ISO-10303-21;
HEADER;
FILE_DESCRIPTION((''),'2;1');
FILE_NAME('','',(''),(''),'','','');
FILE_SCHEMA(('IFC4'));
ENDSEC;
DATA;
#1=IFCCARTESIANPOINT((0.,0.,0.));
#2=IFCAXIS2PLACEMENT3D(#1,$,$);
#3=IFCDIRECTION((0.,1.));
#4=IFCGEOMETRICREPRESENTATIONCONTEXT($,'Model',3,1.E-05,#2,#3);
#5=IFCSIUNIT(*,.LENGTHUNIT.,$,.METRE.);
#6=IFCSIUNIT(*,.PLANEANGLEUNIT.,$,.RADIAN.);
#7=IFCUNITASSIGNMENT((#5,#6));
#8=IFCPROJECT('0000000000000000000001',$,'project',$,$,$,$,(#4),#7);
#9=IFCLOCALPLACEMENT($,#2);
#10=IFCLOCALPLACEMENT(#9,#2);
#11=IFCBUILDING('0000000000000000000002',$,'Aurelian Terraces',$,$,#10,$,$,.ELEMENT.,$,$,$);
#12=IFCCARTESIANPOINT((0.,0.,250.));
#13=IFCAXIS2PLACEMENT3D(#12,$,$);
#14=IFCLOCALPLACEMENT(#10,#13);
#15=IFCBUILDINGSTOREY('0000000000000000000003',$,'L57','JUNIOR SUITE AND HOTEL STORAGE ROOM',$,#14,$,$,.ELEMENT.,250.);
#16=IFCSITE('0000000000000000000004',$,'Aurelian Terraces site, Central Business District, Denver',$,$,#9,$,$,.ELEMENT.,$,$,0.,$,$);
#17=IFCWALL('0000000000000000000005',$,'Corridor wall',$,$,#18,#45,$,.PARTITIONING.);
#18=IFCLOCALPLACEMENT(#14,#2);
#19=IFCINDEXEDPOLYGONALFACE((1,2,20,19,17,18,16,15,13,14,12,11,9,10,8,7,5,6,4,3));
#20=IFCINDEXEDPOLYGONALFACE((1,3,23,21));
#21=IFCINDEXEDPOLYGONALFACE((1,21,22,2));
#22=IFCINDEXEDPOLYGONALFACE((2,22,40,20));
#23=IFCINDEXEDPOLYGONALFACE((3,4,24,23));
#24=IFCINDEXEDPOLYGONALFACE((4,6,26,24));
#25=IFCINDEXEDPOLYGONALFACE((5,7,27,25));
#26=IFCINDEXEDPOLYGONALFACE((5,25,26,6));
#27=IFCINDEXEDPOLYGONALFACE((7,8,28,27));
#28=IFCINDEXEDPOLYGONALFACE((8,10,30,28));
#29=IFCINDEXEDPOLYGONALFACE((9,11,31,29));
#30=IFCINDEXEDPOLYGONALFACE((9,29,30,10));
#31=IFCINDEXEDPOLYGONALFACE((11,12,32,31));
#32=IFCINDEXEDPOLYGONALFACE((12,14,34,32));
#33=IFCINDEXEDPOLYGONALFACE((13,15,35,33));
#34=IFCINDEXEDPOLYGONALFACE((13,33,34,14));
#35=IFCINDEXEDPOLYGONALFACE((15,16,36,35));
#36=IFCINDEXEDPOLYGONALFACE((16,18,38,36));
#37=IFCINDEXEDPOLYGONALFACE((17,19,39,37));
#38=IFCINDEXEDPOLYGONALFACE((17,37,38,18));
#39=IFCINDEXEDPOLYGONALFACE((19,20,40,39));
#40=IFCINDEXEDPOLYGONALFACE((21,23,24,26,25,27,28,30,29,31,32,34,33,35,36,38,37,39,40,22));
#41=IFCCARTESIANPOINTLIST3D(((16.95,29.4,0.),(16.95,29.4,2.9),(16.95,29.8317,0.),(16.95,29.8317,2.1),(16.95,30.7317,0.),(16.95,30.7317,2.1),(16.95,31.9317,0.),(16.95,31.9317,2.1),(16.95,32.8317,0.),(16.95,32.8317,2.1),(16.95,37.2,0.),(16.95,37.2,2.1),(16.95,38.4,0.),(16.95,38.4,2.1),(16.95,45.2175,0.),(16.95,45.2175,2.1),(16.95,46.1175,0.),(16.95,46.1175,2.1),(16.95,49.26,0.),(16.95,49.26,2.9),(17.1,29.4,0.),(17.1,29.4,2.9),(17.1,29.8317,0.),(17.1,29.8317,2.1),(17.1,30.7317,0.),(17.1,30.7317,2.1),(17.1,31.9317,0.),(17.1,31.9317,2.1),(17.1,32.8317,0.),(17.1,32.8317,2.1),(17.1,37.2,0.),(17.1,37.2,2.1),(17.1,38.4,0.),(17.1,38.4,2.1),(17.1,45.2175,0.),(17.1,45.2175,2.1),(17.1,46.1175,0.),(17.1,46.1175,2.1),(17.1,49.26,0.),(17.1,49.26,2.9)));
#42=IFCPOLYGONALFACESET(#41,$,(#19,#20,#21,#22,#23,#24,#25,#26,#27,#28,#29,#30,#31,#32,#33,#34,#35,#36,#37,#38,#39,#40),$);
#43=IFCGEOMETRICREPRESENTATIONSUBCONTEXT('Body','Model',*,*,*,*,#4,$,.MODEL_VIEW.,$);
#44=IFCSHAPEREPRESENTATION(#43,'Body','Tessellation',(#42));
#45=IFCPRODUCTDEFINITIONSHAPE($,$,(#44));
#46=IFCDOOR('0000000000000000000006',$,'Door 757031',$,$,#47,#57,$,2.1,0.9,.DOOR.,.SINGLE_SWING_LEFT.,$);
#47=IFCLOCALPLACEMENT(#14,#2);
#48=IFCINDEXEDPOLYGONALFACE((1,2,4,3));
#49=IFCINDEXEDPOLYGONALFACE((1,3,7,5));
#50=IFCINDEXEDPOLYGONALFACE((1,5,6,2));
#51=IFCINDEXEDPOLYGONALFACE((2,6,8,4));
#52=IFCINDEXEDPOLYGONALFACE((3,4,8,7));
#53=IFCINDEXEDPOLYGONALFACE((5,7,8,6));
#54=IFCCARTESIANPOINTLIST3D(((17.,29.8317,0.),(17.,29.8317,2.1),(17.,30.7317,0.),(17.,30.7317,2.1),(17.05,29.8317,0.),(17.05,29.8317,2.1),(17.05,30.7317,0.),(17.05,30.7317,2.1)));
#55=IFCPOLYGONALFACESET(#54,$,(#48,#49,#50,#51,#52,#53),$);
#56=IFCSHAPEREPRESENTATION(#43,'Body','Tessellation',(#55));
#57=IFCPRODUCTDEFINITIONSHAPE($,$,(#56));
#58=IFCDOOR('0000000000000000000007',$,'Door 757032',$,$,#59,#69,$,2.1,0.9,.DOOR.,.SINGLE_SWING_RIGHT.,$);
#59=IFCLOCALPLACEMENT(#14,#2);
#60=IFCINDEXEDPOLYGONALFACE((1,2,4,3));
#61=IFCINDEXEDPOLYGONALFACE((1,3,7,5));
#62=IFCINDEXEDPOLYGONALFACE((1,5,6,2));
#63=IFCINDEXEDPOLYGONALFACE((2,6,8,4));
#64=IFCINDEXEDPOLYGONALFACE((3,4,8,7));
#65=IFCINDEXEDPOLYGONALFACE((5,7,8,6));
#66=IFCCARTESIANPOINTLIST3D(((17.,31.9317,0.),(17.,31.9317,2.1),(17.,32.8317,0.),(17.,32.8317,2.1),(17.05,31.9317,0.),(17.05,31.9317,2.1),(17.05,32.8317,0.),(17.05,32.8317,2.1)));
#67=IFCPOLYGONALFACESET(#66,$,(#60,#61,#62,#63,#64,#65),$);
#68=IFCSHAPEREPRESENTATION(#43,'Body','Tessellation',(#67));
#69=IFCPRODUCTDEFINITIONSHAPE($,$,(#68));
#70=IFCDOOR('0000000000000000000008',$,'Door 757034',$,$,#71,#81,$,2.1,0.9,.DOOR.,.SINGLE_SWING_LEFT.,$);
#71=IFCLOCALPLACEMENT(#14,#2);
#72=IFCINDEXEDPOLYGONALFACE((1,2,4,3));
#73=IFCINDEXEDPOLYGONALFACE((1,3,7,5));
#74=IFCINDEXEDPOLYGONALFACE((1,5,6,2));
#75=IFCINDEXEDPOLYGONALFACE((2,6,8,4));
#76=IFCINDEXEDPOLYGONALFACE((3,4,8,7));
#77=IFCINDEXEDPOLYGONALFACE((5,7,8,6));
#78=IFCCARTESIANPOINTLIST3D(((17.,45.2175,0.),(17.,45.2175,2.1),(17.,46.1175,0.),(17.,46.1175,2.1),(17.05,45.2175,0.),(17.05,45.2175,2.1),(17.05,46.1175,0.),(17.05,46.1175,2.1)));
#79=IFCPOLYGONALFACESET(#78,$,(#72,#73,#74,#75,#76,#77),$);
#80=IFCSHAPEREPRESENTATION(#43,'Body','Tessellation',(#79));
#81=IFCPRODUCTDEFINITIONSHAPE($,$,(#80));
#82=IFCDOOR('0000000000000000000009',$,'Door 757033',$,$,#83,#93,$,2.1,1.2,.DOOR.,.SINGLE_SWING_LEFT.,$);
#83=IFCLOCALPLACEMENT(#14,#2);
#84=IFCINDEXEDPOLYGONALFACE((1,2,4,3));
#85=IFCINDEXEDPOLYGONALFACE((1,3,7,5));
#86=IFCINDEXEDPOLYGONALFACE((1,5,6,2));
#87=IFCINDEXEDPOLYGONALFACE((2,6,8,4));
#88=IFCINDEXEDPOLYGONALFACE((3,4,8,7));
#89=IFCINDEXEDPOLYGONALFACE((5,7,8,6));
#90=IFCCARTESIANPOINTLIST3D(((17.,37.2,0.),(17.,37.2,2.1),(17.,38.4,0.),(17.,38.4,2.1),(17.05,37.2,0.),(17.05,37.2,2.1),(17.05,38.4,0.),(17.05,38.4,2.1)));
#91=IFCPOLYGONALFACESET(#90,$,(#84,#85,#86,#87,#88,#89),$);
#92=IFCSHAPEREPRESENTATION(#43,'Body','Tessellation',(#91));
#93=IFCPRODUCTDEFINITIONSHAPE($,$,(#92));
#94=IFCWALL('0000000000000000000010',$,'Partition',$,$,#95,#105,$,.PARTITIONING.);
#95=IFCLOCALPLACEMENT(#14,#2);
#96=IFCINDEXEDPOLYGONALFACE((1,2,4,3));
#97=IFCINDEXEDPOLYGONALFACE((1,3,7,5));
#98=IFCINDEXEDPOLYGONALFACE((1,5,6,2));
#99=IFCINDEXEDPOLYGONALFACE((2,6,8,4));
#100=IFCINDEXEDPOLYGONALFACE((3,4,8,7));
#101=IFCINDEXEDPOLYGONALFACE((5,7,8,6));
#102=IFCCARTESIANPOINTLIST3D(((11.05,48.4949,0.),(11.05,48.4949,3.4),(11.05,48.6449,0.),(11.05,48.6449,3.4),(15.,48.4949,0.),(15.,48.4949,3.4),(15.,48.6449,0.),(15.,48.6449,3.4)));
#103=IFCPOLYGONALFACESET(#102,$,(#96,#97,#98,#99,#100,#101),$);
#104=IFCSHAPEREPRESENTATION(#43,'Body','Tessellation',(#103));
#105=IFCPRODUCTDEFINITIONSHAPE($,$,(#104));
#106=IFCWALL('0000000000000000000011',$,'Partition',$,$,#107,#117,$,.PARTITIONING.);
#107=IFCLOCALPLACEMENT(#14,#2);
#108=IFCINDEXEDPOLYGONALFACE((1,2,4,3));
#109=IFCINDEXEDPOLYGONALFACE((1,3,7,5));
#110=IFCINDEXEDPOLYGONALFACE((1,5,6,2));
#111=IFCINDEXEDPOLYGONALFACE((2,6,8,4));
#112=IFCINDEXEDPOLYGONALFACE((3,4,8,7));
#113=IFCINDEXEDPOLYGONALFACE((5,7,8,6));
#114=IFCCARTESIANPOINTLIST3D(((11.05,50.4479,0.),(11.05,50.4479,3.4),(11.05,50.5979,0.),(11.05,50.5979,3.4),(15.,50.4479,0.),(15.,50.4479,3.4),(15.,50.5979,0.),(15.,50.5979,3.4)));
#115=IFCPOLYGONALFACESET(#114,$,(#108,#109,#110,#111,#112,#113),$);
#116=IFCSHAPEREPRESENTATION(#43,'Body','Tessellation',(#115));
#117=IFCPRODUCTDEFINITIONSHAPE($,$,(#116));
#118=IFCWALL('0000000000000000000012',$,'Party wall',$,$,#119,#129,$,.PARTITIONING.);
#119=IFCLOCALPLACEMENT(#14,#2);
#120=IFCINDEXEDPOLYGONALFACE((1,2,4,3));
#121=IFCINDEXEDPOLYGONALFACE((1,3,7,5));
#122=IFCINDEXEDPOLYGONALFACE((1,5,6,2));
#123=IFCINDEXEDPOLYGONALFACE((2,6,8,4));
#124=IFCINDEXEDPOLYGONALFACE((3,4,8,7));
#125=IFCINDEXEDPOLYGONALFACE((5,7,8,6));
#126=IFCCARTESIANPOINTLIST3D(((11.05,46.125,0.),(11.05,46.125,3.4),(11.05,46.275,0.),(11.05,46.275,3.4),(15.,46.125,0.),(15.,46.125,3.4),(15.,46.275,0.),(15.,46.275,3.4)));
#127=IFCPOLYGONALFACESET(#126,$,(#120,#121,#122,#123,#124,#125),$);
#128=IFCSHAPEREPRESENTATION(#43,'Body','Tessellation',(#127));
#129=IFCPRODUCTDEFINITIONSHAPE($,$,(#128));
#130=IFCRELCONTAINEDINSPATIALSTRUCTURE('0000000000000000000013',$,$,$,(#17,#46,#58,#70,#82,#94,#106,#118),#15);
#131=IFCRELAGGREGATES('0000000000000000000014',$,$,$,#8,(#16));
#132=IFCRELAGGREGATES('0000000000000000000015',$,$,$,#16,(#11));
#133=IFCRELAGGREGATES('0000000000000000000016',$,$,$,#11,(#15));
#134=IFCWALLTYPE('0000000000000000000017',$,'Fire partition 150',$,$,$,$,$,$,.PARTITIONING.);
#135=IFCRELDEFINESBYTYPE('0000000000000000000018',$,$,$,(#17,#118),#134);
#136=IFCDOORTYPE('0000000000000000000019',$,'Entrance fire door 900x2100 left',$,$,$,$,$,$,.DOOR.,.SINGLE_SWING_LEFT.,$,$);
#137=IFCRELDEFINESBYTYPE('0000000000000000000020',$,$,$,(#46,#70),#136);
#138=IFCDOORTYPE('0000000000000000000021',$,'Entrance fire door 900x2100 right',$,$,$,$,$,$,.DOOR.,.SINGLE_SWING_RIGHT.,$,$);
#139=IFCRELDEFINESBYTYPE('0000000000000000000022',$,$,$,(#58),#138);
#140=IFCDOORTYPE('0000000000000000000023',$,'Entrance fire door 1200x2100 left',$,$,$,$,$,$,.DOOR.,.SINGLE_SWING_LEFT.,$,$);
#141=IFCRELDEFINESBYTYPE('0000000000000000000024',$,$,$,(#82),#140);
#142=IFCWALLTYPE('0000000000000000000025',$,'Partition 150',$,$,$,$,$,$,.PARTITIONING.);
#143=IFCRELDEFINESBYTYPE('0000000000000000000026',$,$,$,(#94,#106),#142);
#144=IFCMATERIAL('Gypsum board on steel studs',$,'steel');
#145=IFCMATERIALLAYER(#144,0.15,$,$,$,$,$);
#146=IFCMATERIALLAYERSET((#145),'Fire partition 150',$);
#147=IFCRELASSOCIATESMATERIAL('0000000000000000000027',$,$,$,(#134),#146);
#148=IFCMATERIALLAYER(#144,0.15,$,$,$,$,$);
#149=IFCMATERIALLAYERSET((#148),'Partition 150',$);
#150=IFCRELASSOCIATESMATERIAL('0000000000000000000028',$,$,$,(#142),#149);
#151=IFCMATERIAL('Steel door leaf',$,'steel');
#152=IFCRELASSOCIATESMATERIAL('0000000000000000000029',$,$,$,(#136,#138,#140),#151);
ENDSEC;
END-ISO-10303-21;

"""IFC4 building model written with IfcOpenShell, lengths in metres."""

from ifc_helpers import new_model, si_unit, direction, frame, frame_2d, origin, place, context, subcontext, project, spatial, rectangle, extrude, source, transform, mapped, material, layer, layer_set, type_object, element, fill, save


model = new_model("IFC4")

# Units and contexts
model_context = context("Model", 3, precision=1e-05, world=origin(), true_north=direction((0.0, 1.0)))
body_context = subcontext(model_context, "Body", "Model", "MODEL_VIEW")
ifc_project = project(units=[si_unit("LENGTHUNIT", "METRE"), si_unit("PLANEANGLEUNIT", "RADIAN")], contexts=[model_context])

# Site, building, storey
site_placement = place(None, origin())
site = spatial("IfcSite", under=ifc_project, at=site_placement, Name="Aurelian Terraces site, Central Business District, Denver", CompositionType="ELEMENT", RefElevation=0.0)
building_placement = place(site_placement, origin())
building = spatial("IfcBuilding", under=site, at=building_placement, Name="Aurelian Terraces", CompositionType="ELEMENT")
storey_placement = place(building_placement, frame((0.0, 0.0, 250.0)))
storey = spatial("IfcBuildingStorey", under=building, at=storey_placement, Name="L57", Description="JUNIOR SUITE AND HOTEL STORAGE ROOM", CompositionType="ELEMENT", Elevation=250.0)

# Shared definitions
ifc_material_1 = material(Name="Gypsum board on steel studs", Category="steel")
ifc_layer_1 = layer(ifc_material_1, 0.15)
ifc_layer_set_1 = layer_set([ifc_layer_1], Name="Fire partition 150")
wall_type_1 = type_object("IfcWallType", Name="Fire partition 150", PredefinedType="PARTITIONING", material=ifc_layer_set_1)
shared_shape_1 = source(origin(), body_context, "Body", "SweptSolid", [
    extrude(rectangle(XDim=0.9, YDim=2.1, at=frame_2d((0.45, 1.05))), frame((0.0, 0.085, 0.0), z_axis=(0.0, -1.0, 0.0), x_axis=(1.0, 0.0, 0.0)), (0.0, 0.0, 1.0), 0.17),
])
shared_shape_2 = source(origin(), body_context, "Body", "SweptSolid", [
    extrude(rectangle(XDim=0.9, YDim=2.1, at=frame_2d((0.45, 1.05))), frame((0.0, 0.025, 0.0), z_axis=(0.0, -1.0, 0.0), x_axis=(1.0, 0.0, 0.0)), (0.0, 0.0, 1.0), 0.05),
])

# Shared definitions
ifc_material_2 = material(Name="Steel door leaf", Category="steel")

# Shared definitions
ifc_layer_2 = layer(ifc_material_1, 0.15)
ifc_layer_set_2 = layer_set([ifc_layer_2], Name="Partition 150")
wall_type_2 = type_object("IfcWallType", Name="Partition 150", PredefinedType="PARTITIONING", material=ifc_layer_set_2)

# Wall, openings, doors
shared_shape_3 = source(origin(), body_context, "Body", "SweptSolid", [
    extrude(rectangle(XDim=19.86, YDim=0.15, at=frame_2d((9.93, 0.0))), origin(), (0.0, 0.0, 1.0), 2.9),
])
wall_1_placement = place(storey_placement, frame((17.025, 49.26, 0.0), z_axis=(0.0, 0.0, 1.0), x_axis=(0.0, -1.0, 0.0)))
wall_1 = element("IfcWall", 1, at=wall_1_placement, inside=storey, type_object=wall_type_1, Name="Corridor wall", PredefinedType="PARTITIONING", context=body_context, shape_type="MappedRepresentation", body=[
    mapped(shared_shape_3, transform((0.0, 0.0, 0.0), scale=1.0)),
])
opening_1_placement = place(wall_1_placement, frame((18.5283, 0.0, 0.0)))
opening_1 = element("IfcOpeningElement", 2, at=opening_1_placement, cuts=wall_1, PredefinedType="OPENING", context=body_context, shape_type="MappedRepresentation", body=[
    mapped(shared_shape_1, transform((0.0, 0.0, 0.0), scale=1.0)),
])
opening_2_placement = place(wall_1_placement, frame((16.4283, 0.0, 0.0)))
opening_2 = element("IfcOpeningElement", 3, at=opening_2_placement, cuts=wall_1, PredefinedType="OPENING", context=body_context, shape_type="MappedRepresentation", body=[
    mapped(shared_shape_1, transform((0.0, 0.0, 0.0), scale=1.0)),
])
shared_shape_4 = source(origin(), body_context, "Body", "SweptSolid", [
    extrude(rectangle(XDim=1.2, YDim=2.1, at=frame_2d((0.6, 1.05))), frame((0.0, 0.085, 0.0), z_axis=(0.0, -1.0, 0.0), x_axis=(1.0, 0.0, 0.0)), (0.0, 0.0, 1.0), 0.17),
])
opening_3_placement = place(wall_1_placement, frame((10.86, 0.0, 0.0)))
opening_3 = element("IfcOpeningElement", 4, at=opening_3_placement, cuts=wall_1, PredefinedType="OPENING", context=body_context, shape_type="MappedRepresentation", body=[
    mapped(shared_shape_4, transform((0.0, 0.0, 0.0), scale=1.0)),
])
opening_4_placement = place(wall_1_placement, frame((3.1425, 0.0, 0.0)))
opening_4 = element("IfcOpeningElement", 5, at=opening_4_placement, cuts=wall_1, PredefinedType="OPENING", context=body_context, shape_type="MappedRepresentation", body=[
    mapped(shared_shape_1, transform((0.0, 0.0, 0.0), scale=1.0)),
])
door_type_1 = type_object("IfcDoorType", Name="Entrance fire door 900x2100 left", OperationType="SINGLE_SWING_LEFT", PredefinedType="DOOR", material=ifc_material_2)
door_1_placement = place(opening_1_placement, origin())
door_1 = element("IfcDoor", 6, at=door_1_placement, inside=storey, type_object=door_type_1, Name="Door 757031", OperationType="SINGLE_SWING_LEFT", OverallHeight=2.1, OverallWidth=0.9, PredefinedType="DOOR", context=body_context, shape_type="MappedRepresentation", body=[
    mapped(shared_shape_2, transform((0.0, 0.0, 0.0), scale=1.0)),
])
fill(opening_1, door_1)
door_type_2 = type_object("IfcDoorType", Name="Entrance fire door 900x2100 right", OperationType="SINGLE_SWING_RIGHT", PredefinedType="DOOR", material=ifc_material_2)
door_2_placement = place(opening_2_placement, origin())
door_2 = element("IfcDoor", 7, at=door_2_placement, inside=storey, type_object=door_type_2, Name="Door 757032", OperationType="SINGLE_SWING_RIGHT", OverallHeight=2.1, OverallWidth=0.9, PredefinedType="DOOR", context=body_context, shape_type="MappedRepresentation", body=[
    mapped(shared_shape_2, transform((0.0, 0.0, 0.0), scale=1.0)),
])
fill(opening_2, door_2)
door_3_placement = place(opening_4_placement, origin())
door_3 = element("IfcDoor", 8, at=door_3_placement, inside=storey, type_object=door_type_1, Name="Door 757034", OperationType="SINGLE_SWING_LEFT", OverallHeight=2.1, OverallWidth=0.9, PredefinedType="DOOR", context=body_context, shape_type="MappedRepresentation", body=[
    mapped(shared_shape_2, transform((0.0, 0.0, 0.0), scale=1.0)),
])
fill(opening_4, door_3)
door_type_3 = type_object("IfcDoorType", Name="Entrance fire door 1200x2100 left", OperationType="SINGLE_SWING_LEFT", PredefinedType="DOOR", material=ifc_material_2)
shared_shape_5 = source(origin(), body_context, "Body", "SweptSolid", [
    extrude(rectangle(XDim=1.2, YDim=2.1, at=frame_2d((0.6, 1.05))), frame((0.0, 0.025, 0.0), z_axis=(0.0, -1.0, 0.0), x_axis=(1.0, 0.0, 0.0)), (0.0, 0.0, 1.0), 0.05),
])
door_4_placement = place(opening_3_placement, origin())
door_4 = element("IfcDoor", 9, at=door_4_placement, inside=storey, type_object=door_type_3, Name="Door 757033", OperationType="SINGLE_SWING_LEFT", OverallHeight=2.1, OverallWidth=1.2, PredefinedType="DOOR", context=body_context, shape_type="MappedRepresentation", body=[
    mapped(shared_shape_5, transform((0.0, 0.0, 0.0), scale=1.0)),
])
fill(opening_3, door_4)

# Walls
shared_shape_6 = source(origin(), body_context, "Body", "SweptSolid", [
    extrude(rectangle(XDim=3.95, YDim=0.15, at=frame_2d((1.975, 0.0))), origin(), (0.0, 0.0, 1.0), 3.4),
])
for number, where, z_axis, x_axis, name in (
    (10, (15.0, 48.5699, 0.0), (0.0, 0.0, 1.0), (-1.0, 0.0, 0.0), "Partition"),
    (11, (15.0, 50.5229, 0.0), (0.0, 0.0, 1.0), (-1.0, 0.0, 0.0), "Partition"),
):
    element("IfcWall", number, at=place(storey_placement, frame(where, z_axis=z_axis, x_axis=x_axis)), inside=storey, type_object=wall_type_2, Name=name, PredefinedType="PARTITIONING", context=body_context, shape_type="MappedRepresentation", body=[
        mapped(shared_shape_6, transform((0.0, 0.0, 0.0), scale=1.0)),
    ])
wall_2_placement = place(storey_placement, frame((15.0, 46.2, 0.0), z_axis=(0.0, 0.0, 1.0), x_axis=(-1.0, 0.0, 0.0)))
element("IfcWall", 12, at=wall_2_placement, inside=storey, type_object=wall_type_1, Name="Party wall", PredefinedType="PARTITIONING", context=body_context, shape_type="MappedRepresentation", body=[
    mapped(shared_shape_6, transform((0.0, 0.0, 0.0), scale=1.0)),
])

save(model, "model.ifc")
